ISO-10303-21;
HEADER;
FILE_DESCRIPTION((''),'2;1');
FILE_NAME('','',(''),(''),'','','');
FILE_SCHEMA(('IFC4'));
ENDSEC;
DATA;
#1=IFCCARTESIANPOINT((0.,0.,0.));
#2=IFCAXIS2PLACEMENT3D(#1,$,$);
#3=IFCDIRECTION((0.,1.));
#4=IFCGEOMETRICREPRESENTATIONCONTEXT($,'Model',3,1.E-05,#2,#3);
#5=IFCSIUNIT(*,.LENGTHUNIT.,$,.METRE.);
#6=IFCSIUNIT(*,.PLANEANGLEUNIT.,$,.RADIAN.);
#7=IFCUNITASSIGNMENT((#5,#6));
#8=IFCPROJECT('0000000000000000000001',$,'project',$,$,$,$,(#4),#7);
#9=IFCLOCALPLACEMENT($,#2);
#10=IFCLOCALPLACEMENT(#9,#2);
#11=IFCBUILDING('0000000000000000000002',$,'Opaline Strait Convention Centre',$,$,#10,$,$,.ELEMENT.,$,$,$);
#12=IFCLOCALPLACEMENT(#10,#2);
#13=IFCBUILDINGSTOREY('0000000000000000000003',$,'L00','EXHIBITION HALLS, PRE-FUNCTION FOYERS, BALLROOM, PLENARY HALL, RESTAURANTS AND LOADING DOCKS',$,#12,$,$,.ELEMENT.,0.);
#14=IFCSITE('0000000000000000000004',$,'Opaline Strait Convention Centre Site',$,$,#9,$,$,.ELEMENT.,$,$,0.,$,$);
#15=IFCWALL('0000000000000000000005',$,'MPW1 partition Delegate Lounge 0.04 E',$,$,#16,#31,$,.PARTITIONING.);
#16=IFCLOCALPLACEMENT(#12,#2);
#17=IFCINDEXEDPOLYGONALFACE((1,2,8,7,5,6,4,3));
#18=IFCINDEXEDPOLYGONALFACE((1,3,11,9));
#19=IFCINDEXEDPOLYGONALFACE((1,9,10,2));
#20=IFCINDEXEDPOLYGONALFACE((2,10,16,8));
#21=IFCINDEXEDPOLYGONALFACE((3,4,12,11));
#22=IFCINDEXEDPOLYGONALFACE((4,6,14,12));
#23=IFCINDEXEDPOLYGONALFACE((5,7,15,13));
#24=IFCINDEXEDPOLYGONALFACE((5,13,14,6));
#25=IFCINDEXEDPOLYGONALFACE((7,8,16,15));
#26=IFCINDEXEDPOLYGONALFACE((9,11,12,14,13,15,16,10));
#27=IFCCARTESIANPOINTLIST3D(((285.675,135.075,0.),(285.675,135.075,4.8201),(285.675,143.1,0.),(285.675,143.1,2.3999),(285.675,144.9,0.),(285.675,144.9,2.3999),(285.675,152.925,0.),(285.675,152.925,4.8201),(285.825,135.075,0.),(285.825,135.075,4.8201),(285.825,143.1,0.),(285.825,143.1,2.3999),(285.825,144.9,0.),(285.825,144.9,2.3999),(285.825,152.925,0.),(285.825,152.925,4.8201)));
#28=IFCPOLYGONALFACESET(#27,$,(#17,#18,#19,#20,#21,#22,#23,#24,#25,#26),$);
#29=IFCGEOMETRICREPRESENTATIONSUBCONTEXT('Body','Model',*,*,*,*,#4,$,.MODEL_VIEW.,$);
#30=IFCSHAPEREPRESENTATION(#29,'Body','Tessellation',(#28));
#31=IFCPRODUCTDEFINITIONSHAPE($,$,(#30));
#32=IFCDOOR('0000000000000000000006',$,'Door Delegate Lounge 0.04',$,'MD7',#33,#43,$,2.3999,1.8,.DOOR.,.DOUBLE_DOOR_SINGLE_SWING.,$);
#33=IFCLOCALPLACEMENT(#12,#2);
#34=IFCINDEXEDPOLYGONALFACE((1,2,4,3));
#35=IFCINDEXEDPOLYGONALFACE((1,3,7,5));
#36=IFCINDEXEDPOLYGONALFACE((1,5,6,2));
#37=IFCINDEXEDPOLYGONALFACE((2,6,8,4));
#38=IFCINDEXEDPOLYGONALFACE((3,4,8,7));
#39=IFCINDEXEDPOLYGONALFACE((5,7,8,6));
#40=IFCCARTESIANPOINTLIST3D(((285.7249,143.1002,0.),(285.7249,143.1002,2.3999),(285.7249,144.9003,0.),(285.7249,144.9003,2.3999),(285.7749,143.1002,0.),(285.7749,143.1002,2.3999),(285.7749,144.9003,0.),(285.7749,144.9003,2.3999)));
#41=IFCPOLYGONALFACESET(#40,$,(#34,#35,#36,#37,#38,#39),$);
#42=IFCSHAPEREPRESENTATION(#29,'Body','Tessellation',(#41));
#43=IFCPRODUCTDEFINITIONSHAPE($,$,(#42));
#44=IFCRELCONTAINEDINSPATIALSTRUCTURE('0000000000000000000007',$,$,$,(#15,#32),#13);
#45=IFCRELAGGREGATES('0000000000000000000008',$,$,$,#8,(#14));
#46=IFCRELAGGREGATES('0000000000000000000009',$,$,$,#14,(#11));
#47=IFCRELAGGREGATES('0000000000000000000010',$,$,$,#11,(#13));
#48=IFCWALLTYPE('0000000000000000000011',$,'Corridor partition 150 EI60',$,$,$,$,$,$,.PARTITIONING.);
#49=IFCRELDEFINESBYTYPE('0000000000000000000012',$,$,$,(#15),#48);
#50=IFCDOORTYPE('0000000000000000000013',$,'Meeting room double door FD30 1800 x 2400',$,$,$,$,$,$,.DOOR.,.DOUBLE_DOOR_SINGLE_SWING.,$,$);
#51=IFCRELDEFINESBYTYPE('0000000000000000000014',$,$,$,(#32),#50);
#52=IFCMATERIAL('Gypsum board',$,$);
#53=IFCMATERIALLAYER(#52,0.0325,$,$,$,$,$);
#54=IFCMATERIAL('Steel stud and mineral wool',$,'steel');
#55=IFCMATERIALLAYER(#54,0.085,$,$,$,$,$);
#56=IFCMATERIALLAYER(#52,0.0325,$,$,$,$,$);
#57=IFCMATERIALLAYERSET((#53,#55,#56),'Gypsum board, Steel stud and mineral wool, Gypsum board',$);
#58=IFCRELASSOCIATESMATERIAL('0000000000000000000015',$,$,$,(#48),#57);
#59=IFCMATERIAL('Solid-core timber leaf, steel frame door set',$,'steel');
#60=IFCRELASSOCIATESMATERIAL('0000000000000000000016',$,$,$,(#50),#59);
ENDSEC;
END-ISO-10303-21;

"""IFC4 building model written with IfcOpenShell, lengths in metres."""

from ifc_helpers import new_model, si_unit, direction, frame, frame_2d, origin, place, context, subcontext, project, spatial, rectangle, extrude, material, layer, layer_set, type_object, element, fill, save


model = new_model("IFC4")

# Units and contexts
model_context = context("Model", 3, precision=1e-05, world=origin(), true_north=direction((0.0, 1.0)))
body_context = subcontext(model_context, "Body", "Model", "MODEL_VIEW")
ifc_project = project(units=[si_unit("LENGTHUNIT", "METRE"), si_unit("PLANEANGLEUNIT", "RADIAN")], contexts=[model_context])

# Site, building, storey
site_placement = place(None, origin())
site = spatial("IfcSite", under=ifc_project, at=site_placement, Name="Opaline Strait Convention Centre Site", CompositionType="ELEMENT", RefElevation=0.0)
building_placement = place(site_placement, origin())
building = spatial("IfcBuilding", under=site, at=building_placement, Name="Opaline Strait Convention Centre", CompositionType="ELEMENT")
storey_placement = place(building_placement, origin())
storey = spatial("IfcBuildingStorey", under=building, at=storey_placement, Name="L00", Description="EXHIBITION HALLS, PRE-FUNCTION FOYERS, BALLROOM, PLENARY HALL, RESTAURANTS AND LOADING DOCKS", CompositionType="ELEMENT", Elevation=0.0)

# Shared definitions
ifc_material_1 = material(Name="Gypsum board")
ifc_layer_1 = layer(ifc_material_1, 0.0325)
ifc_material_2 = material(Name="Steel stud and mineral wool", Category="steel")
ifc_layer_2 = layer(ifc_material_2, 0.085)
ifc_layer_3 = layer(ifc_material_1, 0.0325)
ifc_layer_set_1 = layer_set([ifc_layer_1, ifc_layer_2, ifc_layer_3], Name="Gypsum board, Steel stud and mineral wool, Gypsum board")
wall_type_1 = type_object("IfcWallType", Name="Corridor partition 150 EI60", PredefinedType="PARTITIONING", material=ifc_layer_set_1)

# Wall, opening, door
wall_1_placement = place(storey_placement, frame((285.75, 135.075, 0.0), z_axis=(0.0, 0.0, 1.0), x_axis=(0.0, 1.0, 0.0)))
wall_1 = element("IfcWall", 1, at=wall_1_placement, inside=storey, type_object=wall_type_1, Name="MPW1 partition Delegate Lounge 0.04 E", PredefinedType="PARTITIONING", context=body_context, shape_type="SweptSolid", body=[
    extrude(rectangle(XDim=17.8501, YDim=0.1499, at=frame_2d((8.925, 0.0))), origin(), (0.0, 0.0, 1.0), 4.8201),
])
opening_1_placement = place(wall_1_placement, frame((8.0251, 0.0, 0.0)))
opening_1 = element("IfcOpeningElement", 2, at=opening_1_placement, cuts=wall_1, PredefinedType="OPENING", context=body_context, shape_type="SweptSolid", body=[
    extrude(rectangle(XDim=1.8, YDim=2.3999, at=frame_2d((0.8999, 1.2))), frame((0.0, 0.085, 0.0), z_axis=(0.0, -1.0, 0.0), x_axis=(1.0, 0.0, 0.0)), (0.0, 0.0, 1.0), 0.1699),
])
ifc_material_3 = material(Name="Solid-core timber leaf, steel frame door set", Category="steel")
door_type_1 = type_object("IfcDoorType", Name="Meeting room double door FD30 1800 x 2400", OperationType="DOUBLE_DOOR_SINGLE_SWING", PredefinedType="DOOR", material=ifc_material_3)
door_1_placement = place(opening_1_placement, frame((1.8, 0.0, 0.0), z_axis=(0.0, 0.0, 1.0), x_axis=(-1.0, 0.0, 0.0)))
door_1 = element("IfcDoor", 3, at=door_1_placement, inside=storey, type_object=door_type_1, Name="Door Delegate Lounge 0.04", ObjectType="MD7", OperationType="DOUBLE_DOOR_SINGLE_SWING", OverallHeight=2.3999, OverallWidth=1.8, PredefinedType="DOOR", context=body_context, shape_type="SweptSolid", body=[
    extrude(rectangle(XDim=1.8, YDim=2.3999, at=frame_2d((0.8999, 1.2))), frame((0.0, 0.0249, 0.0), z_axis=(0.0, -1.0, 0.0), x_axis=(1.0, 0.0, 0.0)), (0.0, 0.0, 1.0), 0.05),
])
fill(opening_1, door_1)

save(model, "model.ifc")
